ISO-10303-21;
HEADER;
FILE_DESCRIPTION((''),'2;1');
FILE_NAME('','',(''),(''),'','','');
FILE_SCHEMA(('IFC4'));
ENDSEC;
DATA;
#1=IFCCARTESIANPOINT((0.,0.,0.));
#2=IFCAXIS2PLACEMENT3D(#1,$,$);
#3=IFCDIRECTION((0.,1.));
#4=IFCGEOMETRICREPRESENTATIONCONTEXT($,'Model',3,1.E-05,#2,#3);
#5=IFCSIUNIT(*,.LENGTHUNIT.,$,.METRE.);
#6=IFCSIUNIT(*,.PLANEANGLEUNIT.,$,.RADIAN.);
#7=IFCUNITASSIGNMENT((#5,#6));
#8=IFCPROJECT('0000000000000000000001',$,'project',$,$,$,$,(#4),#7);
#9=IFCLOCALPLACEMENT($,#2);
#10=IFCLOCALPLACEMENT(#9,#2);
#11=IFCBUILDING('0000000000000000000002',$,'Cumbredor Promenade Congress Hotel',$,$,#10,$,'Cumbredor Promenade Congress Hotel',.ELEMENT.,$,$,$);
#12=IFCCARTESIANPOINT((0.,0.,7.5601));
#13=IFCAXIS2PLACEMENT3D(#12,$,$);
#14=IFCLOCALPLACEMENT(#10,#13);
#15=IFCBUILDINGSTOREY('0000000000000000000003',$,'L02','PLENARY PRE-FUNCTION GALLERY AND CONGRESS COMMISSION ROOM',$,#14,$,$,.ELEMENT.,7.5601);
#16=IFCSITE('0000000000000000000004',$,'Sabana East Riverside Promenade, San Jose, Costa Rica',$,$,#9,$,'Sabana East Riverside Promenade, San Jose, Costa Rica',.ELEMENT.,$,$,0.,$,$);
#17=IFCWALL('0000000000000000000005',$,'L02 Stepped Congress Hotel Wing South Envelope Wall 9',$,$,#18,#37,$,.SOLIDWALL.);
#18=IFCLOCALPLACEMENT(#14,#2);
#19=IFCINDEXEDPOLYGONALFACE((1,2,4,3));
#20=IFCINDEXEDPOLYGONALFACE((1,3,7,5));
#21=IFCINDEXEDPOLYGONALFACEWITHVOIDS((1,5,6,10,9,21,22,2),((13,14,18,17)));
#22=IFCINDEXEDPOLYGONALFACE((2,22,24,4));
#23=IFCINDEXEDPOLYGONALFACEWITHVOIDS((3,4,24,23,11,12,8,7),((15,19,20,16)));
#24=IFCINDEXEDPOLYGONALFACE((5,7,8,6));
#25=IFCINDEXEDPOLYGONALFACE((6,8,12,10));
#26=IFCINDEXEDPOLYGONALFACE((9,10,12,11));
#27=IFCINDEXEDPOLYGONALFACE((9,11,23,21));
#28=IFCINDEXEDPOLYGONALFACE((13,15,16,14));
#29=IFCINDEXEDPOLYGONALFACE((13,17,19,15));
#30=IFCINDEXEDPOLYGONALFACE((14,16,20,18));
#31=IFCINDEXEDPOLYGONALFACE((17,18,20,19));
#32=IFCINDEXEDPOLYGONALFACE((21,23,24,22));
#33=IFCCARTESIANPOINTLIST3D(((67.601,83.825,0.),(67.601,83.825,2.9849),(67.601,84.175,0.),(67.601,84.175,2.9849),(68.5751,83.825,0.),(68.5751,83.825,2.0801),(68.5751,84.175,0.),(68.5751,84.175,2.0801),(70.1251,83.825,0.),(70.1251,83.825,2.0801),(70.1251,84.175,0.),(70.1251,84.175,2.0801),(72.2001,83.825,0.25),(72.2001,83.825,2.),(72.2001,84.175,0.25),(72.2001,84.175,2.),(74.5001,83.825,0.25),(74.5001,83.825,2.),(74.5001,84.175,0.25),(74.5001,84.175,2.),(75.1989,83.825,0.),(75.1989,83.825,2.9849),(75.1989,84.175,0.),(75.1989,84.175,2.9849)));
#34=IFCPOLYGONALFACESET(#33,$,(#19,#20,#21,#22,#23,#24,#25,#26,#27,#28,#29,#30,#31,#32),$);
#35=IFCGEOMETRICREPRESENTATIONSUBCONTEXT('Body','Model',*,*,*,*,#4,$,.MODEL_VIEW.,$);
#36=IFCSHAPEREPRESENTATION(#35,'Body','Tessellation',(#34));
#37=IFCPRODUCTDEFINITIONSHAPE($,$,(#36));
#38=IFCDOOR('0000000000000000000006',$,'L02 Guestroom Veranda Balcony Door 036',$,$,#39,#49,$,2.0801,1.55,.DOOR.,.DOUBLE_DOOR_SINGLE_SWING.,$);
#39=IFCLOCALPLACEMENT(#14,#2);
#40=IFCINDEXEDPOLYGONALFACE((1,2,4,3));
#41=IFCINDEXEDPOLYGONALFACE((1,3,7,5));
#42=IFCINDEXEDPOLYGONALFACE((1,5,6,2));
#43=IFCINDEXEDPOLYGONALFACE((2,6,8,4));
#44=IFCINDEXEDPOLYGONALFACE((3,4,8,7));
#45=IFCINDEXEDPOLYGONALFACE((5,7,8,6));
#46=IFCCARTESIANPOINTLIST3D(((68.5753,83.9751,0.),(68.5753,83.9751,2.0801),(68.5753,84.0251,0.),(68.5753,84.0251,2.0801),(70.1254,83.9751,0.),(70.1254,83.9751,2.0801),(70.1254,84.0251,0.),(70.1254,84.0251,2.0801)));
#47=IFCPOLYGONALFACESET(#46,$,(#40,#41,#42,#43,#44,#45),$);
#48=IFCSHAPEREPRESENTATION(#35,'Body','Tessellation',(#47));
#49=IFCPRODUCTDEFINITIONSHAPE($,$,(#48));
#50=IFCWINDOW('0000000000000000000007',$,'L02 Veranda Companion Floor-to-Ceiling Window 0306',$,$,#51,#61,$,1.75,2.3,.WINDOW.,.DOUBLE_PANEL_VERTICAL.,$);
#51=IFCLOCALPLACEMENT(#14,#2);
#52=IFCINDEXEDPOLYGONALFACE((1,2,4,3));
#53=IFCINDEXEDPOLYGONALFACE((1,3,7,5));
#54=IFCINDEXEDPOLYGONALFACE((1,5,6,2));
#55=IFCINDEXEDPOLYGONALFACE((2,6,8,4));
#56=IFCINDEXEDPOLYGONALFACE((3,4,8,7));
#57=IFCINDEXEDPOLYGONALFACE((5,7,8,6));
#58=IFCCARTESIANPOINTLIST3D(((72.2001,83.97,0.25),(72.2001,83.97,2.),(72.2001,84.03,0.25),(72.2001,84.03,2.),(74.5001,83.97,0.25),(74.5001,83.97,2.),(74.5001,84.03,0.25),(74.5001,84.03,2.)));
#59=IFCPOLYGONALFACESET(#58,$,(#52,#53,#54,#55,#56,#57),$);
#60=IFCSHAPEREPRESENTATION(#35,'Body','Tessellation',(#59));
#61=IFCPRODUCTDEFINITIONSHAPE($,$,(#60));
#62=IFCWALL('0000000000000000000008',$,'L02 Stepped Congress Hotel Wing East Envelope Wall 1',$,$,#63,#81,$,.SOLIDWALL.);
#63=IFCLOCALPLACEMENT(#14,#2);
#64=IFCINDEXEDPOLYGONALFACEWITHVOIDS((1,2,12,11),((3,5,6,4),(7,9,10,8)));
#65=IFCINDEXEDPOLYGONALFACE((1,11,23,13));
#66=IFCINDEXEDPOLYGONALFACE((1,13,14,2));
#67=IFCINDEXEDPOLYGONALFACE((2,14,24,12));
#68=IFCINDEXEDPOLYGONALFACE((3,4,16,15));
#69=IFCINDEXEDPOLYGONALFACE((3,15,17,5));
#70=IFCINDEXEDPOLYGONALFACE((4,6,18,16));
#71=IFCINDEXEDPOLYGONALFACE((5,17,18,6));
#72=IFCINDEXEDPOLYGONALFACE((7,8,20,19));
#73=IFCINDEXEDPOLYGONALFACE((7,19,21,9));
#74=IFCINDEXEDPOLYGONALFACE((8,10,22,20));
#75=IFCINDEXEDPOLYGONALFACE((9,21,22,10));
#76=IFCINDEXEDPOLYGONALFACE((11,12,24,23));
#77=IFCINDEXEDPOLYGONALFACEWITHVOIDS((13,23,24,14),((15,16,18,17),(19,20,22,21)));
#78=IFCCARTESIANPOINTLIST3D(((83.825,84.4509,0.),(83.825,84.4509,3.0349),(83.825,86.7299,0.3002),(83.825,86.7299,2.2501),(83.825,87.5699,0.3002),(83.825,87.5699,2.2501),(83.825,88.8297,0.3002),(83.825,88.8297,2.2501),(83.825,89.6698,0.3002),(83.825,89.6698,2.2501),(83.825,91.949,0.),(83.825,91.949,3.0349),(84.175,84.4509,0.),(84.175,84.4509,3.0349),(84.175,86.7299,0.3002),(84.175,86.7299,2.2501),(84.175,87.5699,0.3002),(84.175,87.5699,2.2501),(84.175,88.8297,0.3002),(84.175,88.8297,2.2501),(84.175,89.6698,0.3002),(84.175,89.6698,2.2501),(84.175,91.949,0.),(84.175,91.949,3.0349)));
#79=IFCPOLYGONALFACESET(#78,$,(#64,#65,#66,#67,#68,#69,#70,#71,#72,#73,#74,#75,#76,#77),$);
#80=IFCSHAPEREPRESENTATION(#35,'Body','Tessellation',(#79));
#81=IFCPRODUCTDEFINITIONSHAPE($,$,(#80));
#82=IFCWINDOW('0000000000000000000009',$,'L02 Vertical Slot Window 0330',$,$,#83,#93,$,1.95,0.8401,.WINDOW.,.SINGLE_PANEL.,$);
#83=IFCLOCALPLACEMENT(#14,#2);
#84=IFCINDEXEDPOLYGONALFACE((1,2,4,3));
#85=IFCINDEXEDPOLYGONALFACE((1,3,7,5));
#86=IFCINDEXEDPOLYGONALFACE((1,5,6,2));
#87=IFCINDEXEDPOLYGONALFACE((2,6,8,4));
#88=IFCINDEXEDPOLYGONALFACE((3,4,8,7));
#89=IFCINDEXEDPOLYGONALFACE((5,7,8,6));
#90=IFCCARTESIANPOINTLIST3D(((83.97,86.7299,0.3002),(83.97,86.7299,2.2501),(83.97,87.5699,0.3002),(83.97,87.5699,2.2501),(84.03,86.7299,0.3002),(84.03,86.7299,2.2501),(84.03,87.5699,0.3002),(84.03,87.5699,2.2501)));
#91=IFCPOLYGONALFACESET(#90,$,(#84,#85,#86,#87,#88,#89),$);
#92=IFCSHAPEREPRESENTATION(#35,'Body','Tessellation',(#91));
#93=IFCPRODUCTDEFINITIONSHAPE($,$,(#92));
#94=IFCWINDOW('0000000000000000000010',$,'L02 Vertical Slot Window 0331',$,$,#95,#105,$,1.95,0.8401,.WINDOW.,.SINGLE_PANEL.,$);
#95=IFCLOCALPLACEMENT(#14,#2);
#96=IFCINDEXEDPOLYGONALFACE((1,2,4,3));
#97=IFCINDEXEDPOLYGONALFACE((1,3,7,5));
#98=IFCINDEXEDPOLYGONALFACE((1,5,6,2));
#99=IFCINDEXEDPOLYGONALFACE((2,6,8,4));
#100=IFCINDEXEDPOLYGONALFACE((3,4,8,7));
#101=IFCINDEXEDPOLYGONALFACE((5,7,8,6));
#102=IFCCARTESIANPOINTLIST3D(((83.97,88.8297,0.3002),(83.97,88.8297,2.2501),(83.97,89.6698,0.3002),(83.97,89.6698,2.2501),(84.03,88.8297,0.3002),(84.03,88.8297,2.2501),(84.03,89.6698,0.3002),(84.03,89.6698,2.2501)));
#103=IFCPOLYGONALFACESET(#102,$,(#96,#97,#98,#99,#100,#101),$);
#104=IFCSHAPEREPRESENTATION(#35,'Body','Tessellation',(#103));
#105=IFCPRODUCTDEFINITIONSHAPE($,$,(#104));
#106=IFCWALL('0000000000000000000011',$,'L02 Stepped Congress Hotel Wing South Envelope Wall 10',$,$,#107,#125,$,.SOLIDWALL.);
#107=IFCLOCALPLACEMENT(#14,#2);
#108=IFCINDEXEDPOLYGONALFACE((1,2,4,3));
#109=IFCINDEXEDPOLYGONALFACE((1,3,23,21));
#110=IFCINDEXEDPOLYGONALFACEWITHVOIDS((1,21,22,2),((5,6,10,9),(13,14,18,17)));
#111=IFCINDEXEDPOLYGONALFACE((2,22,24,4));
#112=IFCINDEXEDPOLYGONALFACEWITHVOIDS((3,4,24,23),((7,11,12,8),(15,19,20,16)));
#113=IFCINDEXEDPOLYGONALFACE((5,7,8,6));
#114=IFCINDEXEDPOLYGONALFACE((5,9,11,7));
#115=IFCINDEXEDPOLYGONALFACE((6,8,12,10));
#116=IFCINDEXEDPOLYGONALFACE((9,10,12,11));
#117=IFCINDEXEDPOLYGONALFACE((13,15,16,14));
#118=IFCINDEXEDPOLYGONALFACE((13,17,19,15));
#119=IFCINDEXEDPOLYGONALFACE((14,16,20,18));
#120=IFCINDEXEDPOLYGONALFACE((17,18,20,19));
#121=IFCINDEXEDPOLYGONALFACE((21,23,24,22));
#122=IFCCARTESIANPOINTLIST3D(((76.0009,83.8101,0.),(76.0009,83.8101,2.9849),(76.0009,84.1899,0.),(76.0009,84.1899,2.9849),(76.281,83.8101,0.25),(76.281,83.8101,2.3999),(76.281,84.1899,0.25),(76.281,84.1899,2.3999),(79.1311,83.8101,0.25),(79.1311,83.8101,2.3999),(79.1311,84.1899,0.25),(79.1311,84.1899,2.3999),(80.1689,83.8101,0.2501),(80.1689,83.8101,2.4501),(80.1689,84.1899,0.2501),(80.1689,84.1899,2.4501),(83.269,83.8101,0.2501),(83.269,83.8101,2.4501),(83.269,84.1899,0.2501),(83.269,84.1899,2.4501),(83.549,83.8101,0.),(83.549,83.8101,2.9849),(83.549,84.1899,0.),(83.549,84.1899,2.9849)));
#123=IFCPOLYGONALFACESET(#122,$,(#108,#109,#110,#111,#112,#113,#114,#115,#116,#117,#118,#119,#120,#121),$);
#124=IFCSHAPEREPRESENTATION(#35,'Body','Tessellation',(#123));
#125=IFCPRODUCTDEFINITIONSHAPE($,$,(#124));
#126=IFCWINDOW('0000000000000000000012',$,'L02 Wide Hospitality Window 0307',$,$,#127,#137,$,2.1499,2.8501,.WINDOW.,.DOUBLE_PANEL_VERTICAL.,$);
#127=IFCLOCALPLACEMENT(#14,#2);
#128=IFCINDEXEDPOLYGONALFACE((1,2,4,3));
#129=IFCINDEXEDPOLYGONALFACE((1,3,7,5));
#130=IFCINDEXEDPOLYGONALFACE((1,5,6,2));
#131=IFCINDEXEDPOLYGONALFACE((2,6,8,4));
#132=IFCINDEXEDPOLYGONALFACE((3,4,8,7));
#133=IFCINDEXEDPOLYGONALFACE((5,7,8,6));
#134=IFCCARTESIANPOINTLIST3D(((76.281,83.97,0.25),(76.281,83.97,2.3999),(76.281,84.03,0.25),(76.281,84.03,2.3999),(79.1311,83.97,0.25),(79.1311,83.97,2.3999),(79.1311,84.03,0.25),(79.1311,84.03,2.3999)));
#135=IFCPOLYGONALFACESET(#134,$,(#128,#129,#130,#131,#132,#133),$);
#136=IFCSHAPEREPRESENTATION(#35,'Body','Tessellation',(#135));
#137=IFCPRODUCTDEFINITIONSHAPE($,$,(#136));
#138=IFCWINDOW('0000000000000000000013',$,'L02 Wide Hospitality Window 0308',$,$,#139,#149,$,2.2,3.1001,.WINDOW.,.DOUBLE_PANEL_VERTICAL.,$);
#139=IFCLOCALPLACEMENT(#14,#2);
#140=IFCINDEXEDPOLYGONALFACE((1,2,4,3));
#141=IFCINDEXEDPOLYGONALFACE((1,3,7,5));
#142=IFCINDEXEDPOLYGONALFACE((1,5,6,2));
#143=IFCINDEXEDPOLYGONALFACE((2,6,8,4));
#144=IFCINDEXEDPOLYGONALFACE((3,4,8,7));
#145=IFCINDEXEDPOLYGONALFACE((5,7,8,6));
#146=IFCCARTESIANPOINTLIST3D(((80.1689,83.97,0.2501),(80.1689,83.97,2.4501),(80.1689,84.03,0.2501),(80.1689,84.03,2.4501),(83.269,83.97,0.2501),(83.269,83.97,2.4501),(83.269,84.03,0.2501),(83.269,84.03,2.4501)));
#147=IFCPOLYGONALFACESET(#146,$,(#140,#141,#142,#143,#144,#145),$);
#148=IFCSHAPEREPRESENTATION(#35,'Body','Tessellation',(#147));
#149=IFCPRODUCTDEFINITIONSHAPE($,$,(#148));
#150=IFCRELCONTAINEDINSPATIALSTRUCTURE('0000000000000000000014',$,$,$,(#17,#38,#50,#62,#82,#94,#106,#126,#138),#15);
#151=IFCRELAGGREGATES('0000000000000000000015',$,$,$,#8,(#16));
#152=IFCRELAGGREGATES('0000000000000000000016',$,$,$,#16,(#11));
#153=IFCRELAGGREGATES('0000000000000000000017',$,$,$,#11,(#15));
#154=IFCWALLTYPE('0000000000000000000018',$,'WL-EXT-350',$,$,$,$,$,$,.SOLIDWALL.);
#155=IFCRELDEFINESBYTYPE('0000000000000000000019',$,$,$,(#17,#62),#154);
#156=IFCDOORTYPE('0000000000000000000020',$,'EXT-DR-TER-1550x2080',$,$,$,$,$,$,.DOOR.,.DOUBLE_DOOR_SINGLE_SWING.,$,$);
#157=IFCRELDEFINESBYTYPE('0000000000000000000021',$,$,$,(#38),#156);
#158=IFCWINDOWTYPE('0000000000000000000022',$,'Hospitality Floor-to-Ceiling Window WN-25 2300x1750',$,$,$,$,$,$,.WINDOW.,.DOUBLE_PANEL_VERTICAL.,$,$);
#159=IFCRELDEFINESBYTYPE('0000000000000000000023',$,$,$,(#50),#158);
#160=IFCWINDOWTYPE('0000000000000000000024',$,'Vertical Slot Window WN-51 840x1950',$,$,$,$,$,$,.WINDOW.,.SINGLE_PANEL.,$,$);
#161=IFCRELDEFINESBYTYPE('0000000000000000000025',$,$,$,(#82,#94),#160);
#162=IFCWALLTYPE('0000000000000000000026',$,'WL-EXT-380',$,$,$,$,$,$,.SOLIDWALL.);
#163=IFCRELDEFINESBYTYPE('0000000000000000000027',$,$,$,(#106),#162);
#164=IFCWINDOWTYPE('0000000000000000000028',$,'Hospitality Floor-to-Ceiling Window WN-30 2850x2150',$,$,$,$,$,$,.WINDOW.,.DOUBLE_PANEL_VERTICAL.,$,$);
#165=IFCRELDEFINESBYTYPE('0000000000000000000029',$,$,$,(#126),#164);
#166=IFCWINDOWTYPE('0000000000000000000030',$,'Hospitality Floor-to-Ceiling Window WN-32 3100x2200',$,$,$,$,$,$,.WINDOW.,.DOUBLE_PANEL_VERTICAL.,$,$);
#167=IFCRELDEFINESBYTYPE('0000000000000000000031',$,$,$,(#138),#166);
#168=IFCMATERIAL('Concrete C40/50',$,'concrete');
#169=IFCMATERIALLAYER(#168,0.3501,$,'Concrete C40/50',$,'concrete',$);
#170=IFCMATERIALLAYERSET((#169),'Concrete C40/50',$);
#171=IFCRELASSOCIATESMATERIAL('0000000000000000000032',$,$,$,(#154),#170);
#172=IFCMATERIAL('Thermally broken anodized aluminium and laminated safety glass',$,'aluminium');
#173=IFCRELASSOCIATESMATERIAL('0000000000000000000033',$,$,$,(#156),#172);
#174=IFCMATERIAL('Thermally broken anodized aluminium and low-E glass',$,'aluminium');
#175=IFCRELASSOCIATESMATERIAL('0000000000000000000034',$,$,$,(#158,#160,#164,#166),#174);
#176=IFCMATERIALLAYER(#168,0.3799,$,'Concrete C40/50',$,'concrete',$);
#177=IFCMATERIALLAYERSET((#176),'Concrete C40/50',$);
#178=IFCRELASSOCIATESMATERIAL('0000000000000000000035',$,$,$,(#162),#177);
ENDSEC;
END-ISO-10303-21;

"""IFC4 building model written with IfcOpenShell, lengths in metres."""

from ifc_helpers import new_model, si_unit, direction, frame, frame_2d, origin, place, context, subcontext, project, spatial, rectangle, extrude, material, layer, layer_set, type_object, element, fill, save


model = new_model("IFC4")

# Units and contexts
model_context = context("Model", 3, precision=1e-05, world=origin(), true_north=direction((0.0, 1.0)))
body_context = subcontext(model_context, "Body", "Model", "MODEL_VIEW")
ifc_project = project(units=[si_unit("LENGTHUNIT", "METRE"), si_unit("PLANEANGLEUNIT", "RADIAN")], contexts=[model_context])

# Site, building, storey
site_placement = place(None, origin())
site = spatial("IfcSite", under=ifc_project, at=site_placement, Name="Sabana East Riverside Promenade, San Jose, Costa Rica", LongName="Sabana East Riverside Promenade, San Jose, Costa Rica", CompositionType="ELEMENT", RefElevation=0.0)
building_placement = place(site_placement, origin())
building = spatial("IfcBuilding", under=site, at=building_placement, Name="Cumbredor Promenade Congress Hotel", LongName="Cumbredor Promenade Congress Hotel", CompositionType="ELEMENT")
storey_placement = place(building_placement, frame((0.0, 0.0, 7.5601)))
storey = spatial("IfcBuildingStorey", under=building, at=storey_placement, Name="L02", Description="PLENARY PRE-FUNCTION GALLERY AND CONGRESS COMMISSION ROOM", CompositionType="ELEMENT", Elevation=7.5601)

# Shared definitions
ifc_material_1 = material(Name="Concrete C40/50", Category="concrete")

# Wall, openings, door, window
ifc_layer_1 = layer(ifc_material_1, 0.3501, Name="Concrete C40/50", Category="concrete")
ifc_layer_set_1 = layer_set([ifc_layer_1], Name="Concrete C40/50")
wall_type_1 = type_object("IfcWallType", Name="WL-EXT-350", PredefinedType="SOLIDWALL", material=ifc_layer_set_1)
wall_1_placement = place(storey_placement, frame((67.6011, 84.0, 0.0), z_axis=(0.0, 0.0, 1.0), x_axis=(1.0, 0.0, 0.0)))
wall_1 = element("IfcWall", 1, at=wall_1_placement, inside=storey, type_object=wall_type_1, Name="L02 Stepped Congress Hotel Wing South Envelope Wall 9", PredefinedType="SOLIDWALL", context=body_context, shape_type="SweptSolid", body=[
    extrude(rectangle(XDim=7.5979, YDim=0.3501, at=frame_2d((3.7988, 0.0))), origin(), (0.0, 0.0, 1.0), 2.9849),
])
opening_1_placement = place(wall_1_placement, frame((0.9741, 0.0, 0.0)))
opening_1 = element("IfcOpeningElement", 2, at=opening_1_placement, cuts=wall_1, PredefinedType="OPENING", context=body_context, shape_type="SweptSolid", body=[
    extrude(rectangle(XDim=1.55, YDim=2.0801, at=frame_2d((0.7749, 1.04))), frame((0.0, 0.1851, 0.0), z_axis=(0.0, -1.0, 0.0), x_axis=(1.0, 0.0, 0.0)), (0.0, 0.0, 1.0), 0.3701),
])
opening_2_placement = place(wall_1_placement, frame((4.5991, 0.0, 0.25)))
opening_2 = element("IfcOpeningElement", 3, at=opening_2_placement, cuts=wall_1, PredefinedType="OPENING", context=body_context, shape_type="SweptSolid", body=[
    extrude(rectangle(XDim=2.3, YDim=1.75, at=frame_2d((1.1499, 0.875))), frame((0.0, 0.1851, 0.0), z_axis=(0.0, -1.0, 0.0), x_axis=(1.0, 0.0, 0.0)), (0.0, 0.0, 1.0), 0.3701),
])
ifc_material_2 = material(Name="Thermally broken anodized aluminium and laminated safety glass", Category="aluminium")
door_type = type_object("IfcDoorType", Name="EXT-DR-TER-1550x2080", OperationType="DOUBLE_DOOR_SINGLE_SWING", PredefinedType="DOOR", material=ifc_material_2)
door_placement = place(opening_1_placement, frame((1.55, 0.0, 0.0), z_axis=(0.0, 0.0, 1.0), x_axis=(-1.0, 0.0, 0.0)))
door = element("IfcDoor", 4, at=door_placement, inside=storey, type_object=door_type, Name="L02 Guestroom Veranda Balcony Door 036", OperationType="DOUBLE_DOOR_SINGLE_SWING", OverallHeight=2.0801, OverallWidth=1.55, PredefinedType="DOOR", context=body_context, shape_type="SweptSolid", body=[
    extrude(rectangle(XDim=1.55, YDim=2.0801, at=frame_2d((0.7749, 1.04))), frame((0.0, 0.0249, 0.0), z_axis=(0.0, -1.0, 0.0), x_axis=(1.0, 0.0, 0.0)), (0.0, 0.0, 1.0), 0.05),
])
fill(opening_1, door)
ifc_material_3 = material(Name="Thermally broken anodized aluminium and low-E glass", Category="aluminium")
window_type_1 = type_object("IfcWindowType", Name="Hospitality Floor-to-Ceiling Window WN-25 2300x1750", PartitioningType="DOUBLE_PANEL_VERTICAL", PredefinedType="WINDOW", material=ifc_material_3)
window_1_placement = place(opening_2_placement, origin())
window_1 = element("IfcWindow", 5, at=window_1_placement, inside=storey, type_object=window_type_1, Name="L02 Veranda Companion Floor-to-Ceiling Window 0306", OverallHeight=1.75, OverallWidth=2.3, PartitioningType="DOUBLE_PANEL_VERTICAL", PredefinedType="WINDOW", context=body_context, shape_type="SweptSolid", body=[
    extrude(rectangle(XDim=2.3, YDim=1.75, at=frame_2d((1.1499, 0.875))), frame((0.0, 0.03, 0.0), z_axis=(0.0, -1.0, 0.0), x_axis=(1.0, 0.0, 0.0)), (0.0, 0.0, 1.0), 0.0601),
])
fill(opening_2, window_1)

# Walls, openings, windows
wall_2_placement = place(storey_placement, frame((84.0, 84.4509, 0.0), z_axis=(0.0, 0.0, 1.0), x_axis=(0.0, 1.0, 0.0)))
wall_2 = element("IfcWall", 6, at=wall_2_placement, inside=storey, type_object=wall_type_1, Name="L02 Stepped Congress Hotel Wing East Envelope Wall 1", PredefinedType="SOLIDWALL", context=body_context, shape_type="SweptSolid", body=[
    extrude(rectangle(XDim=7.498, YDim=0.3501, at=frame_2d((3.749, 0.0))), origin(), (0.0, 0.0, 1.0), 3.0349),
])
opening_3_placement = place(wall_2_placement, frame((2.2791, 0.0, 0.3)))
opening_3 = element("IfcOpeningElement", 7, at=opening_3_placement, cuts=wall_2, PredefinedType="OPENING", context=body_context, shape_type="SweptSolid", body=[
    extrude(rectangle(XDim=0.8401, YDim=1.95, at=frame_2d((0.4199, 0.9751))), frame((0.0, 0.1851, 0.0), z_axis=(0.0, -1.0, 0.0), x_axis=(1.0, 0.0, 0.0)), (0.0, 0.0, 1.0), 0.3701),
])
opening_4_placement = place(wall_2_placement, frame((4.3789, 0.0, 0.3)))
opening_4 = element("IfcOpeningElement", 8, at=opening_4_placement, cuts=wall_2, PredefinedType="OPENING", context=body_context, shape_type="SweptSolid", body=[
    extrude(rectangle(XDim=0.8401, YDim=1.95, at=frame_2d((0.4199, 0.9751))), frame((0.0, 0.1851, 0.0), z_axis=(0.0, -1.0, 0.0), x_axis=(1.0, 0.0, 0.0)), (0.0, 0.0, 1.0), 0.3701),
])
window_type_2 = type_object("IfcWindowType", Name="Vertical Slot Window WN-51 840x1950", PartitioningType="SINGLE_PANEL", PredefinedType="WINDOW", material=ifc_material_3)
window_2_placement = place(opening_3_placement, origin())
window_2 = element("IfcWindow", 9, at=window_2_placement, inside=storey, type_object=window_type_2, Name="L02 Vertical Slot Window 0330", OverallHeight=1.95, OverallWidth=0.8401, PartitioningType="SINGLE_PANEL", PredefinedType="WINDOW", context=body_context, shape_type="SweptSolid", body=[
    extrude(rectangle(XDim=0.8401, YDim=1.95, at=frame_2d((0.4199, 0.9751))), frame((0.0, 0.03, 0.0), z_axis=(0.0, -1.0, 0.0), x_axis=(1.0, 0.0, 0.0)), (0.0, 0.0, 1.0), 0.0601),
])
fill(opening_3, window_2)
window_3_placement = place(opening_4_placement, origin())
window_3 = element("IfcWindow", 10, at=window_3_placement, inside=storey, type_object=window_type_2, Name="L02 Vertical Slot Window 0331", OverallHeight=1.95, OverallWidth=0.8401, PartitioningType="SINGLE_PANEL", PredefinedType="WINDOW", context=body_context, shape_type="SweptSolid", body=[
    extrude(rectangle(XDim=0.8401, YDim=1.95, at=frame_2d((0.4199, 0.9751))), frame((0.0, 0.03, 0.0), z_axis=(0.0, -1.0, 0.0), x_axis=(1.0, 0.0, 0.0)), (0.0, 0.0, 1.0), 0.0601),
])
fill(opening_4, window_3)
ifc_layer_2 = layer(ifc_material_1, 0.3799, Name="Concrete C40/50", Category="concrete")
ifc_layer_set_2 = layer_set([ifc_layer_2], Name="Concrete C40/50")
wall_type_2 = type_object("IfcWallType", Name="WL-EXT-380", PredefinedType="SOLIDWALL", material=ifc_layer_set_2)
wall_3_placement = place(storey_placement, frame((76.001, 84.0, 0.0), z_axis=(0.0, 0.0, 1.0), x_axis=(1.0, 0.0, 0.0)))
wall_3 = element("IfcWall", 11, at=wall_3_placement, inside=storey, type_object=wall_type_2, Name="L02 Stepped Congress Hotel Wing South Envelope Wall 10", PredefinedType="SOLIDWALL", context=body_context, shape_type="SweptSolid", body=[
    extrude(rectangle(XDim=7.5481, YDim=0.3799, at=frame_2d((3.7739, 0.0))), origin(), (0.0, 0.0, 1.0), 2.9849),
])
opening_5_placement = place(wall_3_placement, frame((0.28, 0.0, 0.25)))
opening_5 = element("IfcOpeningElement", 12, at=opening_5_placement, cuts=wall_3, PredefinedType="OPENING", context=body_context, shape_type="SweptSolid", body=[
    extrude(rectangle(XDim=2.8501, YDim=2.1499, at=frame_2d((1.425, 1.075))), frame((0.0, 0.2, 0.0), z_axis=(0.0, -1.0, 0.0), x_axis=(1.0, 0.0, 0.0)), (0.0, 0.0, 1.0), 0.3999),
])
opening_6_placement = place(wall_3_placement, frame((4.168, 0.0, 0.25)))
opening_6 = element("IfcOpeningElement", 13, at=opening_6_placement, cuts=wall_3, PredefinedType="OPENING", context=body_context, shape_type="SweptSolid", body=[
    extrude(rectangle(XDim=3.1001, YDim=2.2, at=frame_2d((1.55, 1.1001))), frame((0.0, 0.2, 0.0), z_axis=(0.0, -1.0, 0.0), x_axis=(1.0, 0.0, 0.0)), (0.0, 0.0, 1.0), 0.3999),
])
window_type_3 = type_object("IfcWindowType", Name="Hospitality Floor-to-Ceiling Window WN-30 2850x2150", PartitioningType="DOUBLE_PANEL_VERTICAL", PredefinedType="WINDOW", material=ifc_material_3)
window_4_placement = place(opening_5_placement, origin())
window_4 = element("IfcWindow", 14, at=window_4_placement, inside=storey, type_object=window_type_3, Name="L02 Wide Hospitality Window 0307", OverallHeight=2.1499, OverallWidth=2.8501, PartitioningType="DOUBLE_PANEL_VERTICAL", PredefinedType="WINDOW", context=body_context, shape_type="SweptSolid", body=[
    extrude(rectangle(XDim=2.8501, YDim=2.1499, at=frame_2d((1.425, 1.075))), frame((0.0, 0.03, 0.0), z_axis=(0.0, -1.0, 0.0), x_axis=(1.0, 0.0, 0.0)), (0.0, 0.0, 1.0), 0.0601),
])
fill(opening_5, window_4)
window_type_4 = type_object("IfcWindowType", Name="Hospitality Floor-to-Ceiling Window WN-32 3100x2200", PartitioningType="DOUBLE_PANEL_VERTICAL", PredefinedType="WINDOW", material=ifc_material_3)
window_5_placement = place(opening_6_placement, origin())
window_5 = element("IfcWindow", 15, at=window_5_placement, inside=storey, type_object=window_type_4, Name="L02 Wide Hospitality Window 0308", OverallHeight=2.2, OverallWidth=3.1001, PartitioningType="DOUBLE_PANEL_VERTICAL", PredefinedType="WINDOW", context=body_context, shape_type="SweptSolid", body=[
    extrude(rectangle(XDim=3.1001, YDim=2.2, at=frame_2d((1.55, 1.1001))), frame((0.0, 0.03, 0.0), z_axis=(0.0, -1.0, 0.0), x_axis=(1.0, 0.0, 0.0)), (0.0, 0.0, 1.0), 0.0601),
])
fill(opening_6, window_5)

save(model, "model.ifc")
